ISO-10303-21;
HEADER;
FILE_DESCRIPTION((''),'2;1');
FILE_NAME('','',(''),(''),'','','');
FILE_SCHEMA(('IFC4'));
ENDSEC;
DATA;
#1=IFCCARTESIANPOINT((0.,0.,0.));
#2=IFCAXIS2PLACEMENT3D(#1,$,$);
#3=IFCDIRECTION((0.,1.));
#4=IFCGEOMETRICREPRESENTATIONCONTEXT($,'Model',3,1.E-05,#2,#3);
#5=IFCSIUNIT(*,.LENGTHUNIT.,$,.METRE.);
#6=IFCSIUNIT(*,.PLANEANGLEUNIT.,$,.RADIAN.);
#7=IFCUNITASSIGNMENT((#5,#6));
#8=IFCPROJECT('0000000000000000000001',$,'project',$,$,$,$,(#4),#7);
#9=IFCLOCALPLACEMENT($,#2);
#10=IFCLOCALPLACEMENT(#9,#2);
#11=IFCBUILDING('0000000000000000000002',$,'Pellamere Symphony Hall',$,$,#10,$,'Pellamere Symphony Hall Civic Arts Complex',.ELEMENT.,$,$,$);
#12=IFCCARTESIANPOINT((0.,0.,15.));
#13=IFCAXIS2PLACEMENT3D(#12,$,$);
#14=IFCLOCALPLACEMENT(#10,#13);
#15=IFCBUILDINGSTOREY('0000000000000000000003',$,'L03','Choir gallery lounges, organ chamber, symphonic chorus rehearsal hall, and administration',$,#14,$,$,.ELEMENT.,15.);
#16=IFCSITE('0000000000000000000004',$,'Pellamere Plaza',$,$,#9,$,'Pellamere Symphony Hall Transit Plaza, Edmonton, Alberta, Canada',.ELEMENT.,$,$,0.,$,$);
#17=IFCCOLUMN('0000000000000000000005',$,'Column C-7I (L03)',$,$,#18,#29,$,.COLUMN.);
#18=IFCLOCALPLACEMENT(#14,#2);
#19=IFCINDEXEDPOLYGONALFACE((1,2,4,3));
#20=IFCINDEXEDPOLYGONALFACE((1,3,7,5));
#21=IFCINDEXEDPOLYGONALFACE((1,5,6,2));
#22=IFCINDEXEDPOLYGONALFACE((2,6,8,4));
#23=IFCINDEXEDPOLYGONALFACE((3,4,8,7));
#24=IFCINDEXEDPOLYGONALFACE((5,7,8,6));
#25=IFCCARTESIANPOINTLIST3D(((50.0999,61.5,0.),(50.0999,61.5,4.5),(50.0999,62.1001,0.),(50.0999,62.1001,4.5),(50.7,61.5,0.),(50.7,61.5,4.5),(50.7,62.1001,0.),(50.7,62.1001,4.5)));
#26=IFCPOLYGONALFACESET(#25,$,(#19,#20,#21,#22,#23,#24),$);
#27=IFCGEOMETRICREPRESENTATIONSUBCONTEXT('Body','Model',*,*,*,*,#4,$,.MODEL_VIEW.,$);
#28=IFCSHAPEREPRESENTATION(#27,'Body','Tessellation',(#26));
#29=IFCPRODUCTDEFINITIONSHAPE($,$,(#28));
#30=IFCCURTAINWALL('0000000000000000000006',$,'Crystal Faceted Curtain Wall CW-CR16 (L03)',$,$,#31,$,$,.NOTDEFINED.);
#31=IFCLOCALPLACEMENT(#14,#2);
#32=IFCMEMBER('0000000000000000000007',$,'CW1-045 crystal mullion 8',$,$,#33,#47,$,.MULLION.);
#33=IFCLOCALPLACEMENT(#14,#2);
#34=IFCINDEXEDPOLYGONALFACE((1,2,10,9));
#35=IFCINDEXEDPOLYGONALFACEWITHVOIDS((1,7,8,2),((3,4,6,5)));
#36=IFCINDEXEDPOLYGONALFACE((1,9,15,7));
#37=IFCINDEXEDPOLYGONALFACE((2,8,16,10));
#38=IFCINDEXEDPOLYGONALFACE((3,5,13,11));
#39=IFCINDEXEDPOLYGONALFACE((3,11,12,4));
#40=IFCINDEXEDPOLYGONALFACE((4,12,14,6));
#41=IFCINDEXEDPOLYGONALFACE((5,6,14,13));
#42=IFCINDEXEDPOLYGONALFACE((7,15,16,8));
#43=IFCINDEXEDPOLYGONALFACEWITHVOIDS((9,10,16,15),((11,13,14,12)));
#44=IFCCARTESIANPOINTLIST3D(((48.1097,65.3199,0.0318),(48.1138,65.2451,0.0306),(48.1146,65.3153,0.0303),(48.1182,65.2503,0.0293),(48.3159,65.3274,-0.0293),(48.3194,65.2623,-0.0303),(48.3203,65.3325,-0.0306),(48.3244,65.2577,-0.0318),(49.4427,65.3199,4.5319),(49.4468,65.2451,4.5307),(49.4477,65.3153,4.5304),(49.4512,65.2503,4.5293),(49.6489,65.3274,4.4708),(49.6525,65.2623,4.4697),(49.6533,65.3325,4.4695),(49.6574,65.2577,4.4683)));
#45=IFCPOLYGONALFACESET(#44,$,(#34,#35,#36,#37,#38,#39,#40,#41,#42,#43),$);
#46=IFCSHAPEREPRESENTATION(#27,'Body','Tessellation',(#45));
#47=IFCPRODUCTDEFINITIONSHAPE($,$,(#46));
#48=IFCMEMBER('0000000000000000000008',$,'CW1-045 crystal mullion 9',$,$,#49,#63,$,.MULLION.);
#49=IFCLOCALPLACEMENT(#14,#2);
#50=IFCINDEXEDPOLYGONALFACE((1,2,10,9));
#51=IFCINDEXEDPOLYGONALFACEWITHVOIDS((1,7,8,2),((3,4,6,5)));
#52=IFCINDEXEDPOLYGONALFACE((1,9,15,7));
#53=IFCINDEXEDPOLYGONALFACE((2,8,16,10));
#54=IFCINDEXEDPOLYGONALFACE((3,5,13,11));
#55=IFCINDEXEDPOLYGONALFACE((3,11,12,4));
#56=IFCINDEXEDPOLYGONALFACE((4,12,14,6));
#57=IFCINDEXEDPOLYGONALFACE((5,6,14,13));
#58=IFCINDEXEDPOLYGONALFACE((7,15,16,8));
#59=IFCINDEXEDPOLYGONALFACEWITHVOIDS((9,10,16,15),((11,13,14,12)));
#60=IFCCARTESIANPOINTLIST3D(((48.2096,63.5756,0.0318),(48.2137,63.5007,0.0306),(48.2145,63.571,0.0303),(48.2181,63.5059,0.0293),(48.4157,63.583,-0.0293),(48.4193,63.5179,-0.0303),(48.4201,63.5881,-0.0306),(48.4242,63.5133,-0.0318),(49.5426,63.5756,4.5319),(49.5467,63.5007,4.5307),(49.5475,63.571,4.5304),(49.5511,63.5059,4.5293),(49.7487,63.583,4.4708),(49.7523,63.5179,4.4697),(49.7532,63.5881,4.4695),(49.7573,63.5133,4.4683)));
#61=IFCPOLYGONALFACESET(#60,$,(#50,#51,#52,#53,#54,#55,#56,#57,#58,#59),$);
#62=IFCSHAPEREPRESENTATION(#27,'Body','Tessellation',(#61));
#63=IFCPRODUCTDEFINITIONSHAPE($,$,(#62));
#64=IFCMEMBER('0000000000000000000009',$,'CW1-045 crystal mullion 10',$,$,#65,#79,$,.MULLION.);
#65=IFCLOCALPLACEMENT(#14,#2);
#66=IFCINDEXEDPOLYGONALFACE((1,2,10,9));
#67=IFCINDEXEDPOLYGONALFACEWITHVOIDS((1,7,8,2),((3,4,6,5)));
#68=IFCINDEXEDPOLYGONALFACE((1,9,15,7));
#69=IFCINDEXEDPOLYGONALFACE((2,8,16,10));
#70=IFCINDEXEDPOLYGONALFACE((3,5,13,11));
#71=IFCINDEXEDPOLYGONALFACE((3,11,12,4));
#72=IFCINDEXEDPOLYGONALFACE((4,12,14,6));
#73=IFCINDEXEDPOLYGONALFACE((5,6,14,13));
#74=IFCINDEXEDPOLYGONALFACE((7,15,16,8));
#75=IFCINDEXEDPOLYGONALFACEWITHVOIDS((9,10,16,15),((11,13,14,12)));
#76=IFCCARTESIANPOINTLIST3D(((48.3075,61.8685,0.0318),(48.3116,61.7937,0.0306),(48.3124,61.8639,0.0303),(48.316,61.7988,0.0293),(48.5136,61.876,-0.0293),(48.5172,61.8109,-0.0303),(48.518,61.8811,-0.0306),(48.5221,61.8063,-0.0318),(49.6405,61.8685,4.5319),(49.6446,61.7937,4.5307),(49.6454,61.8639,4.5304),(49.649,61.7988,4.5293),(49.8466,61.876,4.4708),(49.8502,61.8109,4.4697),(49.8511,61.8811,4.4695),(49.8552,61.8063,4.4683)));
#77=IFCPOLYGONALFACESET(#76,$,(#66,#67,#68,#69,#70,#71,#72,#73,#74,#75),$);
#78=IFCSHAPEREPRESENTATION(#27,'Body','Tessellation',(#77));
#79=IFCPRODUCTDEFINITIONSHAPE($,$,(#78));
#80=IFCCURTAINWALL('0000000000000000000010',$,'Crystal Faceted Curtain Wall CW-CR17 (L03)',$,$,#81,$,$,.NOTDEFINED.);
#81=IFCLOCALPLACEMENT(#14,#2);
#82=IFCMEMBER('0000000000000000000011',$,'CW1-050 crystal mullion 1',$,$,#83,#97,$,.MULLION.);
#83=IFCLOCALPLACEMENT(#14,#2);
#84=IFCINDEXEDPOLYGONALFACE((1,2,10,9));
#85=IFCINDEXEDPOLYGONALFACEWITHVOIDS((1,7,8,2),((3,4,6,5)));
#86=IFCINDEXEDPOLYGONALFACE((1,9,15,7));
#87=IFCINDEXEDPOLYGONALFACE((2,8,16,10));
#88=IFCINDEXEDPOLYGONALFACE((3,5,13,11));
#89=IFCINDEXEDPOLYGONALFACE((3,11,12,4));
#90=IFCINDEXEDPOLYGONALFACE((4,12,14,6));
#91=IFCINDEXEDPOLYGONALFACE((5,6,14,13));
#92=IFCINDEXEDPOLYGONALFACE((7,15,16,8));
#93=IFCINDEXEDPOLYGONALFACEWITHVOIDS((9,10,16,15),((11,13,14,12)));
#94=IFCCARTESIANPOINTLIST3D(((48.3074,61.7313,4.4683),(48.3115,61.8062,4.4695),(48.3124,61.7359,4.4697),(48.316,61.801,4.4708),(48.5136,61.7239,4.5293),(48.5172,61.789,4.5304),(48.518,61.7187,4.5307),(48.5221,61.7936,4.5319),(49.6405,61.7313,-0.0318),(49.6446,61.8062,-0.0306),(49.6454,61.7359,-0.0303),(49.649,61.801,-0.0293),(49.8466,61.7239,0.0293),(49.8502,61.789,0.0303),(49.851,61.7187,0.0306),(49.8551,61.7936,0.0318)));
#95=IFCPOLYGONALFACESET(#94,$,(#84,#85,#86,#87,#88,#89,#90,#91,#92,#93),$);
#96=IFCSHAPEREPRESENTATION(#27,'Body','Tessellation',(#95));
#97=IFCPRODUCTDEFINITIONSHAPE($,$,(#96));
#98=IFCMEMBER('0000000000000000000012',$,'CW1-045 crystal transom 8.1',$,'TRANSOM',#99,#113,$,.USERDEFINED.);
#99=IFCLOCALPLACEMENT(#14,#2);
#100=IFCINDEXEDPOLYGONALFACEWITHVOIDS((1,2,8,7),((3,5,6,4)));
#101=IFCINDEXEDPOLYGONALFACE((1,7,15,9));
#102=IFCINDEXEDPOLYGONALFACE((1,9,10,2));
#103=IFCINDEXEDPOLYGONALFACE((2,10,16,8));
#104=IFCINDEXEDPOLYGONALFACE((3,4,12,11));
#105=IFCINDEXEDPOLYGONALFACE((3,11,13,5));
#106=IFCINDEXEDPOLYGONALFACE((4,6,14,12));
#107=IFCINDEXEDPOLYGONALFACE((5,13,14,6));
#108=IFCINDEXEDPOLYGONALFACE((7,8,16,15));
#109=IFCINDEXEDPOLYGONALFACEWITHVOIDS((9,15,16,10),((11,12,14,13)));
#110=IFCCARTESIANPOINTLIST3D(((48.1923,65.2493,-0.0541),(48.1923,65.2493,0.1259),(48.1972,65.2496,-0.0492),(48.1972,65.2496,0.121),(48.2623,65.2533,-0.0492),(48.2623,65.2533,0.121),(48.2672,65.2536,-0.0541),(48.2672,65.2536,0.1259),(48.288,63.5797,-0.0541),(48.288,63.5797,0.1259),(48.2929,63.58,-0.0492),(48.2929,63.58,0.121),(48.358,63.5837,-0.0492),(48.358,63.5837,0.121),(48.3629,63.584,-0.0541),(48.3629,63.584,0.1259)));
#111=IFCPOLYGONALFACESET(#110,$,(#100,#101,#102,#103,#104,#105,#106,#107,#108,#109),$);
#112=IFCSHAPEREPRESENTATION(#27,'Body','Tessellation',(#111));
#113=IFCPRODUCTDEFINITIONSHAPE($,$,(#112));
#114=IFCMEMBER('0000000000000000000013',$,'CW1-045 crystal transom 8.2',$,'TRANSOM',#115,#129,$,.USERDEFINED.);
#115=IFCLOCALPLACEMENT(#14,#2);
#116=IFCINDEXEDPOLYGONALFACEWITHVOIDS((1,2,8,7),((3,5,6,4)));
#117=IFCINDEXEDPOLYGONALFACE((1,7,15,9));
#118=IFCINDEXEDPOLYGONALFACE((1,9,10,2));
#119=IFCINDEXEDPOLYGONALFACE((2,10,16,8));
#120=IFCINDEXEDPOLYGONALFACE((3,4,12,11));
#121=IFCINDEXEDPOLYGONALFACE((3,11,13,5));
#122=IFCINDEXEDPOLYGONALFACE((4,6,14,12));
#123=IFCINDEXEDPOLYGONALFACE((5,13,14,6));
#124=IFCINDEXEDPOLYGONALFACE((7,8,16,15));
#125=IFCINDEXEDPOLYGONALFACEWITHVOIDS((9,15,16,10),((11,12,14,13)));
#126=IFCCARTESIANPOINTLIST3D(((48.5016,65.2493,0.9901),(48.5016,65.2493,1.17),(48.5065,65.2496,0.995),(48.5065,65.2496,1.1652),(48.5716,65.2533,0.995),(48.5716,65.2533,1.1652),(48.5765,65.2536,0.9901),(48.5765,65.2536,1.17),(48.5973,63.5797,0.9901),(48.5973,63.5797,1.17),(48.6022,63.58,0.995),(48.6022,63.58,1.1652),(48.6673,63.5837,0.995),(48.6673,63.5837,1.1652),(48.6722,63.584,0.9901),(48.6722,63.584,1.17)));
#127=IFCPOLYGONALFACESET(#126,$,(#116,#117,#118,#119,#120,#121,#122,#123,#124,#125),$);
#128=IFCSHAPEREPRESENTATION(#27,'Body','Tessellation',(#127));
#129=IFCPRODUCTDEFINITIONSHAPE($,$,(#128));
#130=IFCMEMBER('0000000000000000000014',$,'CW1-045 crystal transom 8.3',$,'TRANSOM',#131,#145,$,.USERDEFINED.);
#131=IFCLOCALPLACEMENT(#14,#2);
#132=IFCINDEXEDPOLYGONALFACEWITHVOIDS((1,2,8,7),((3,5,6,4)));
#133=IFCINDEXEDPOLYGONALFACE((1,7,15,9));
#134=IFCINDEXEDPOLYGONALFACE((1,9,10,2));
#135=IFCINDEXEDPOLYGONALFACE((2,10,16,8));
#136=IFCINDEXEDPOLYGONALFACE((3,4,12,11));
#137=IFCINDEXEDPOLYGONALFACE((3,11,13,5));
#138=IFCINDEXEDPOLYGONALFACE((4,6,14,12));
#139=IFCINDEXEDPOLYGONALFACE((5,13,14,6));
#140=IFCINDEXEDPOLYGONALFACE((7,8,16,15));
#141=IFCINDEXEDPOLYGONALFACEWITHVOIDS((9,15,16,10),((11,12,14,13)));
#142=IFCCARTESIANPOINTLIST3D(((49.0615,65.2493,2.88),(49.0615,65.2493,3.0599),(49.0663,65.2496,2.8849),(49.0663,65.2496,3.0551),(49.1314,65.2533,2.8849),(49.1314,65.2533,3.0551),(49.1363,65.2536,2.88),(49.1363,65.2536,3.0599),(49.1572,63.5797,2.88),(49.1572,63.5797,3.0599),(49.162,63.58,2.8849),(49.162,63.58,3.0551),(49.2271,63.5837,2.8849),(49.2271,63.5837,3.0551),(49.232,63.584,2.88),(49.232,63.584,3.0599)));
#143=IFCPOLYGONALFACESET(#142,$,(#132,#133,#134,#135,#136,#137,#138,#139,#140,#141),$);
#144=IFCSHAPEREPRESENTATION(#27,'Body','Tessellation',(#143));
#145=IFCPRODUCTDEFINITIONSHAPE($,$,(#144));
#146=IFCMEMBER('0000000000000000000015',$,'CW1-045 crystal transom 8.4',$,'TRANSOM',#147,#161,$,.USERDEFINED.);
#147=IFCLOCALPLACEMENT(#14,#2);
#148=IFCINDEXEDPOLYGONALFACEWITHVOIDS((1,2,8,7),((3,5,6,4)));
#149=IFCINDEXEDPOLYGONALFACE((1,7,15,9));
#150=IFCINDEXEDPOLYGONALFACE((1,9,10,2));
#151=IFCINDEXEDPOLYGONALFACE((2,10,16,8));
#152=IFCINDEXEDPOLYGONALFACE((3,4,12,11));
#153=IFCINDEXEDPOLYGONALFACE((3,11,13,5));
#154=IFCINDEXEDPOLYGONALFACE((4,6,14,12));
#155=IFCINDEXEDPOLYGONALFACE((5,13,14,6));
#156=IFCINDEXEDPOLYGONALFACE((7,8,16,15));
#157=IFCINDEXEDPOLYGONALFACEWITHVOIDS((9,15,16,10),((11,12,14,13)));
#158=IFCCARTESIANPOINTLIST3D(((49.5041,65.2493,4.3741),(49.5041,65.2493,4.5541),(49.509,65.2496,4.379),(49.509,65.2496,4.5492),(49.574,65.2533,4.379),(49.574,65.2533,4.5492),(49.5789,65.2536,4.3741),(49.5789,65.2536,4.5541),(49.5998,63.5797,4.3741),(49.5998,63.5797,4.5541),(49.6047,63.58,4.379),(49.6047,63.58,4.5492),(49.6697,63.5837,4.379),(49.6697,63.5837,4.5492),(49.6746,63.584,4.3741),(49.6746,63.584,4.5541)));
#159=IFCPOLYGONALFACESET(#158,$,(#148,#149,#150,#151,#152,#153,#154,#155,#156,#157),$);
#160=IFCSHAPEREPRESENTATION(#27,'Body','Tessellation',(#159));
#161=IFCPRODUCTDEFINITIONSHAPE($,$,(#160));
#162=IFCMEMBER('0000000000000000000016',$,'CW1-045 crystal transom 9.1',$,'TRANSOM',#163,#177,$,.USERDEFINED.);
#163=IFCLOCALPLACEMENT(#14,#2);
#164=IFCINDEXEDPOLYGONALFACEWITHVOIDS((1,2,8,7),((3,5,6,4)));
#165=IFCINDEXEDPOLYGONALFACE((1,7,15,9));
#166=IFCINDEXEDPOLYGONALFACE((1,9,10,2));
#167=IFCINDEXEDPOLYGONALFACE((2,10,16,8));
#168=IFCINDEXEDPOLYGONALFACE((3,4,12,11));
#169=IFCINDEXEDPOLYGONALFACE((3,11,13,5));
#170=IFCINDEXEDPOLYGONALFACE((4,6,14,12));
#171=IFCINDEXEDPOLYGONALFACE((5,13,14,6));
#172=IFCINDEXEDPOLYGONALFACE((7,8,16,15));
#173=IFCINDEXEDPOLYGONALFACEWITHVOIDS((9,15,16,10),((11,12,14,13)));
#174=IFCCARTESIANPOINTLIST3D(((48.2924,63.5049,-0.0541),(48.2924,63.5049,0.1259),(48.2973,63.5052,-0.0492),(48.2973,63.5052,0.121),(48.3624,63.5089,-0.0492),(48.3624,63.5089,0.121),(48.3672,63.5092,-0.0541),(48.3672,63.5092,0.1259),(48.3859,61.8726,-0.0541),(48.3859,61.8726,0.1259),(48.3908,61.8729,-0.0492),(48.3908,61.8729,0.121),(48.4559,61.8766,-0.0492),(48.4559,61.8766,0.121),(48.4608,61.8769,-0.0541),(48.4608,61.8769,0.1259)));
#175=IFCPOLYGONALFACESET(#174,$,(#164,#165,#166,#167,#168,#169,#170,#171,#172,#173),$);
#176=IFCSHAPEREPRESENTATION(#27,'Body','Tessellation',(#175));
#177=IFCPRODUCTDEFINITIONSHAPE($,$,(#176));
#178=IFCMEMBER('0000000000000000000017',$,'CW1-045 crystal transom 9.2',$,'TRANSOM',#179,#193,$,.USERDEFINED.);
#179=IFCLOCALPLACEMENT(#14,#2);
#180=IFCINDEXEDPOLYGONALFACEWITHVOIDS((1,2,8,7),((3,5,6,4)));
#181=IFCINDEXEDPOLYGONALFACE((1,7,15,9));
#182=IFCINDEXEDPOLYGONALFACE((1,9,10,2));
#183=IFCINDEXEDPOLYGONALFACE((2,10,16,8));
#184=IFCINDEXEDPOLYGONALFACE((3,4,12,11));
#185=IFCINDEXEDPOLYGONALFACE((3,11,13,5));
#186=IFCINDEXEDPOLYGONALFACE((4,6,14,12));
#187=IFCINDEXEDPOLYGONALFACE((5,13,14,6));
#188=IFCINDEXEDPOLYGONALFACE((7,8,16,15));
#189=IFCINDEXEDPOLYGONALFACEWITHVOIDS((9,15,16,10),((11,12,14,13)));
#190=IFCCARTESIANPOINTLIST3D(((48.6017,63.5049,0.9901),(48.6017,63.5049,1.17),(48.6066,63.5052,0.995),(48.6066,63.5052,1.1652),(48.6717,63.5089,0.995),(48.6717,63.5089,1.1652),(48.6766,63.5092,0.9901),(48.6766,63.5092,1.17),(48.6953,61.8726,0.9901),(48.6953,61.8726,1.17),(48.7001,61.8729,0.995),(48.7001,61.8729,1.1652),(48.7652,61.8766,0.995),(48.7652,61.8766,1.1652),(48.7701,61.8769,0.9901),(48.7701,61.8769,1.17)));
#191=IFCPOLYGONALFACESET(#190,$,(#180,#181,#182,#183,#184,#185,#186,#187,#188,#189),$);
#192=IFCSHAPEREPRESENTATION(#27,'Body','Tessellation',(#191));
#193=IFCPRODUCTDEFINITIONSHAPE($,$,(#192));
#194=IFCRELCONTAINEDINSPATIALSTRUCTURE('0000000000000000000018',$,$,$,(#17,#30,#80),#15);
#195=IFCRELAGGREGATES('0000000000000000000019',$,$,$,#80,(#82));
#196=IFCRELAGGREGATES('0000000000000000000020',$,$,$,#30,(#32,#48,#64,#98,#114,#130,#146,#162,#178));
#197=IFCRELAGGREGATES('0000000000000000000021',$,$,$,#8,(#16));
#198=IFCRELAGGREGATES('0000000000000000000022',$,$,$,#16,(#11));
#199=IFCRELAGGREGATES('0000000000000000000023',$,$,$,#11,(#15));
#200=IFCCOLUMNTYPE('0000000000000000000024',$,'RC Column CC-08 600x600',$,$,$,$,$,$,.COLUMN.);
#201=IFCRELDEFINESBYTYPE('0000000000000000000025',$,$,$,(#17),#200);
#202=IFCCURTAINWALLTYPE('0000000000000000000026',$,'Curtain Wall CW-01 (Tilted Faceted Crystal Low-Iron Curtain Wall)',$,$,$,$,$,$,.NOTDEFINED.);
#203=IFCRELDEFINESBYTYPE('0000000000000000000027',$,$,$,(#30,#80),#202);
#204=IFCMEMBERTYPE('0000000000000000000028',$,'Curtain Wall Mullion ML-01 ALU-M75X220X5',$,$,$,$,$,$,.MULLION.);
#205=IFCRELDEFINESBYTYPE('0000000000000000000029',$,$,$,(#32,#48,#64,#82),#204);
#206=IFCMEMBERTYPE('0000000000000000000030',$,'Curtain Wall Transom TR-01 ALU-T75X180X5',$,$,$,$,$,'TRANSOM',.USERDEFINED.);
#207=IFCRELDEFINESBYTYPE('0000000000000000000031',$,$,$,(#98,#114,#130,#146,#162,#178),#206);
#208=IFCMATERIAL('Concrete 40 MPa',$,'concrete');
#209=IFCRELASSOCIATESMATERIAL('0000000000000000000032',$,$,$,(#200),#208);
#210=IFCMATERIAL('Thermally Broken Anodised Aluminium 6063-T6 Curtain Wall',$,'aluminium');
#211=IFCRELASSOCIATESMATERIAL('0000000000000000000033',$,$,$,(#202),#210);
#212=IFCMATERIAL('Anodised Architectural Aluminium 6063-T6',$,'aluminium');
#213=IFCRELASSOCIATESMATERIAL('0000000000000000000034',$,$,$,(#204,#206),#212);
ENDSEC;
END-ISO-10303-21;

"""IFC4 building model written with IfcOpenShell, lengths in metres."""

from ifc_helpers import new_model, si_unit, direction, frame, origin, origin_2d, place, context, subcontext, project, spatial, rectangle, hollow_rectangle, extrude, material, material_profile, profile_set, type_object, element, aggregate, save


model = new_model("IFC4")

# Units and contexts
model_context = context("Model", 3, precision=1e-05, world=origin(), true_north=direction((0.0, 1.0)))
body_context = subcontext(model_context, "Body", "Model", "MODEL_VIEW")
ifc_project = project(units=[si_unit("LENGTHUNIT", "METRE"), si_unit("PLANEANGLEUNIT", "RADIAN")], contexts=[model_context])

# Site, building, storey
site_placement = place(None, origin())
site = spatial("IfcSite", under=ifc_project, at=site_placement, Name="Pellamere Plaza", LongName="Pellamere Symphony Hall Transit Plaza, Edmonton, Alberta, Canada", CompositionType="ELEMENT", RefElevation=0.0)
building_placement = place(site_placement, origin())
building = spatial("IfcBuilding", under=site, at=building_placement, Name="Pellamere Symphony Hall", LongName="Pellamere Symphony Hall Civic Arts Complex", CompositionType="ELEMENT")
storey_placement = place(building_placement, frame((0.0, 0.0, 15.0)))
storey = spatial("IfcBuildingStorey", under=building, at=storey_placement, Name="L03", Description="Choir gallery lounges, organ chamber, symphonic chorus rehearsal hall, and administration", CompositionType="ELEMENT", Elevation=15.0)

# Column
ifc_material_1 = material(Name="Concrete 40 MPa", Category="concrete")
ifc_material_profile_1 = material_profile(ifc_material_1, rectangle(XDim=0.6001, YDim=0.6001, at=origin_2d()), Name="RC 600x600")
ifc_profile_set_1 = profile_set([ifc_material_profile_1], Name="Concrete 40 MPa")
column_type = type_object("IfcColumnType", Name="RC Column CC-08 600x600", PredefinedType="COLUMN", material=ifc_profile_set_1)
column_placement = place(storey_placement, frame((50.3999, 61.8, 0.0), z_axis=(0.0, 0.0, 1.0), x_axis=(1.0, 0.0, 0.0)))
element("IfcColumn", 1, at=column_placement, inside=storey, type_object=column_type, Name="Column C-7I (L03)", PredefinedType="COLUMN", context=body_context, shape_type="SweptSolid", body=[
    extrude(rectangle(XDim=0.6001, YDim=0.6001, at=origin_2d()), origin(), (0.0, 0.0, 1.0), 4.5),
])

# Curtain wall, members
ifc_material_2 = material(Name="Thermally Broken Anodised Aluminium 6063-T6 Curtain Wall", Category="aluminium")
curtain_wall_type = type_object("IfcCurtainWallType", Name="Curtain Wall CW-01 (Tilted Faceted Crystal Low-Iron Curtain Wall)", PredefinedType="NOTDEFINED", material=ifc_material_2)
curtain_wall_1_placement = place(storey_placement, origin())
curtain_wall_1 = element("IfcCurtainWall", 2, at=curtain_wall_1_placement, inside=storey, type_object=curtain_wall_type, Name="Crystal Faceted Curtain Wall CW-CR16 (L03)", PredefinedType="NOTDEFINED")
ifc_material_3 = material(Name="Anodised Architectural Aluminium 6063-T6", Category="aluminium")
ifc_material_profile_2 = material_profile(ifc_material_3, hollow_rectangle(XDim=0.075, YDim=0.22, WallThickness=0.0049, at=origin_2d()), Name="ALU-M75X220X5")
ifc_profile_set_2 = profile_set([ifc_material_profile_2], Name="Anodised Architectural Aluminium 6063-T6")
member_type_1 = type_object("IfcMemberType", Name="Curtain Wall Mullion ML-01 ALU-M75X220X5", PredefinedType="MULLION", material=ifc_profile_set_2)
member_1_placement = place(storey_placement, frame((48.217, 65.2888, 0.0), z_axis=(0.284025, 0.0, 0.958817), x_axis=(-0.054874, 0.998361, 0.016255)))
member_1 = element("IfcMember", 3, at=member_1_placement, type_object=member_type_1, Name="CW1-045 crystal mullion 8", PredefinedType="MULLION", context=body_context, shape_type="SweptSolid", body=[
    extrude(hollow_rectangle(XDim=0.075, YDim=0.22, WallThickness=0.0049, at=origin_2d()), origin(), (0.0, 0.0, 1.0), 4.6934),
])
member_2_placement = place(storey_placement, frame((48.3169, 63.5444, 0.0), z_axis=(0.284025, 0.0, 0.958817), x_axis=(-0.054874, 0.998361, 0.016255)))
member_2 = element("IfcMember", 4, at=member_2_placement, type_object=member_type_1, Name="CW1-045 crystal mullion 9", PredefinedType="MULLION", context=body_context, shape_type="SweptSolid", body=[
    extrude(hollow_rectangle(XDim=0.075, YDim=0.22, WallThickness=0.0049, at=origin_2d()), origin(), (0.0, 0.0, 1.0), 4.6934),
])
member_3_placement = place(storey_placement, frame((48.4148, 61.8374, 0.0), z_axis=(0.284025, 0.0, 0.958817), x_axis=(-0.054874, 0.998361, 0.016255)))
member_3 = element("IfcMember", 5, at=member_3_placement, type_object=member_type_1, Name="CW1-045 crystal mullion 10", PredefinedType="MULLION", context=body_context, shape_type="SweptSolid", body=[
    extrude(hollow_rectangle(XDim=0.075, YDim=0.22, WallThickness=0.0049, at=origin_2d()), origin(), (0.0, 0.0, 1.0), 4.6934),
])

# Curtain wall, member
curtain_wall_2_placement = place(storey_placement, origin())
curtain_wall_2 = element("IfcCurtainWall", 6, at=curtain_wall_2_placement, inside=storey, type_object=curtain_wall_type, Name="Crystal Faceted Curtain Wall CW-CR17 (L03)", PredefinedType="NOTDEFINED")
member_4_placement = place(storey_placement, frame((49.7478, 61.7625, 0.0), z_axis=(-0.284025, 0.0, 0.958817), x_axis=(-0.054874, -0.998361, -0.016255)))
member_4 = element("IfcMember", 7, at=member_4_placement, type_object=member_type_1, Name="CW1-050 crystal mullion 1", PredefinedType="MULLION", context=body_context, shape_type="SweptSolid", body=[
    extrude(hollow_rectangle(XDim=0.075, YDim=0.22, WallThickness=0.0049, at=origin_2d()), origin(), (0.0, 0.0, 1.0), 4.6934),
])

# Members
ifc_material_profile_3 = material_profile(ifc_material_3, hollow_rectangle(XDim=0.075, YDim=0.1799, WallThickness=0.0049, at=origin_2d()), Name="ALU-T75X180X5")
ifc_profile_set_3 = profile_set([ifc_material_profile_3], Name="Anodised Architectural Aluminium 6063-T6")
member_type_2 = type_object("IfcMemberType", Name="Curtain Wall Transom TR-01 ALU-T75X180X5", ElementType="TRANSOM", PredefinedType="USERDEFINED", material=ifc_profile_set_3)
member_5_placement = place(storey_placement, frame((48.2297, 65.2515, 0.0359), z_axis=(0.057224, -0.998361, 0.0), x_axis=(0.998361, 0.057224, 0.0)))
member_5 = element("IfcMember", 8, at=member_5_placement, type_object=member_type_2, Name="CW1-045 crystal transom 8.1", ObjectType="TRANSOM", PredefinedType="USERDEFINED", context=body_context, shape_type="SweptSolid", body=[
    extrude(hollow_rectangle(XDim=0.075, YDim=0.1799, WallThickness=0.0049, at=origin_2d()), origin(), (0.0, 0.0, 1.0), 1.6724),
])
member_6_placement = place(storey_placement, frame((48.5391, 65.2515, 1.0801), z_axis=(0.057224, -0.998361, 0.0), x_axis=(0.998361, 0.057224, 0.0)))
member_6 = element("IfcMember", 9, at=member_6_placement, type_object=member_type_2, Name="CW1-045 crystal transom 8.2", ObjectType="TRANSOM", PredefinedType="USERDEFINED", context=body_context, shape_type="SweptSolid", body=[
    extrude(hollow_rectangle(XDim=0.075, YDim=0.1799, WallThickness=0.0049, at=origin_2d()), origin(), (0.0, 0.0, 1.0), 1.6724),
])
member_7_placement = place(storey_placement, frame((49.0989, 65.2515, 2.97), z_axis=(0.057224, -0.998361, 0.0), x_axis=(0.998361, 0.057224, 0.0)))
member_7 = element("IfcMember", 10, at=member_7_placement, type_object=member_type_2, Name="CW1-045 crystal transom 8.3", ObjectType="TRANSOM", PredefinedType="USERDEFINED", context=body_context, shape_type="SweptSolid", body=[
    extrude(hollow_rectangle(XDim=0.075, YDim=0.1799, WallThickness=0.0049, at=origin_2d()), origin(), (0.0, 0.0, 1.0), 1.6724),
])
member_8_placement = place(storey_placement, frame((49.5415, 65.2515, 4.4641), z_axis=(0.057224, -0.998361, 0.0), x_axis=(0.998361, 0.057224, 0.0)))
member_8 = element("IfcMember", 11, at=member_8_placement, type_object=member_type_2, Name="CW1-045 crystal transom 8.4", ObjectType="TRANSOM", PredefinedType="USERDEFINED", context=body_context, shape_type="SweptSolid", body=[
    extrude(hollow_rectangle(XDim=0.075, YDim=0.1799, WallThickness=0.0049, at=origin_2d()), origin(), (0.0, 0.0, 1.0), 1.6724),
])
member_9_placement = place(storey_placement, frame((48.3298, 63.5071, 0.0359), z_axis=(0.05719, -0.998363, 0.0), x_axis=(0.998363, 0.05719, 0.0)))
member_9 = element("IfcMember", 12, at=member_9_placement, type_object=member_type_2, Name="CW1-045 crystal transom 9.1", ObjectType="TRANSOM", PredefinedType="USERDEFINED", context=body_context, shape_type="SweptSolid", body=[
    extrude(hollow_rectangle(XDim=0.075, YDim=0.1799, WallThickness=0.0049, at=origin_2d()), origin(), (0.0, 0.0, 1.0), 1.635),
])
member_10_placement = place(storey_placement, frame((48.6392, 63.5071, 1.0801), z_axis=(0.05719, -0.998363, 0.0), x_axis=(0.998363, 0.05719, 0.0)))
member_10 = element("IfcMember", 13, at=member_10_placement, type_object=member_type_2, Name="CW1-045 crystal transom 9.2", ObjectType="TRANSOM", PredefinedType="USERDEFINED", context=body_context, shape_type="SweptSolid", body=[
    extrude(hollow_rectangle(XDim=0.075, YDim=0.1799, WallThickness=0.0049, at=origin_2d()), origin(), (0.0, 0.0, 1.0), 1.635),
])

aggregate(curtain_wall_2, [member_4])
aggregate(curtain_wall_1, [member_1, member_2, member_3, member_5, member_6, member_7, member_8, member_9, member_10])

save(model, "model.ifc")
